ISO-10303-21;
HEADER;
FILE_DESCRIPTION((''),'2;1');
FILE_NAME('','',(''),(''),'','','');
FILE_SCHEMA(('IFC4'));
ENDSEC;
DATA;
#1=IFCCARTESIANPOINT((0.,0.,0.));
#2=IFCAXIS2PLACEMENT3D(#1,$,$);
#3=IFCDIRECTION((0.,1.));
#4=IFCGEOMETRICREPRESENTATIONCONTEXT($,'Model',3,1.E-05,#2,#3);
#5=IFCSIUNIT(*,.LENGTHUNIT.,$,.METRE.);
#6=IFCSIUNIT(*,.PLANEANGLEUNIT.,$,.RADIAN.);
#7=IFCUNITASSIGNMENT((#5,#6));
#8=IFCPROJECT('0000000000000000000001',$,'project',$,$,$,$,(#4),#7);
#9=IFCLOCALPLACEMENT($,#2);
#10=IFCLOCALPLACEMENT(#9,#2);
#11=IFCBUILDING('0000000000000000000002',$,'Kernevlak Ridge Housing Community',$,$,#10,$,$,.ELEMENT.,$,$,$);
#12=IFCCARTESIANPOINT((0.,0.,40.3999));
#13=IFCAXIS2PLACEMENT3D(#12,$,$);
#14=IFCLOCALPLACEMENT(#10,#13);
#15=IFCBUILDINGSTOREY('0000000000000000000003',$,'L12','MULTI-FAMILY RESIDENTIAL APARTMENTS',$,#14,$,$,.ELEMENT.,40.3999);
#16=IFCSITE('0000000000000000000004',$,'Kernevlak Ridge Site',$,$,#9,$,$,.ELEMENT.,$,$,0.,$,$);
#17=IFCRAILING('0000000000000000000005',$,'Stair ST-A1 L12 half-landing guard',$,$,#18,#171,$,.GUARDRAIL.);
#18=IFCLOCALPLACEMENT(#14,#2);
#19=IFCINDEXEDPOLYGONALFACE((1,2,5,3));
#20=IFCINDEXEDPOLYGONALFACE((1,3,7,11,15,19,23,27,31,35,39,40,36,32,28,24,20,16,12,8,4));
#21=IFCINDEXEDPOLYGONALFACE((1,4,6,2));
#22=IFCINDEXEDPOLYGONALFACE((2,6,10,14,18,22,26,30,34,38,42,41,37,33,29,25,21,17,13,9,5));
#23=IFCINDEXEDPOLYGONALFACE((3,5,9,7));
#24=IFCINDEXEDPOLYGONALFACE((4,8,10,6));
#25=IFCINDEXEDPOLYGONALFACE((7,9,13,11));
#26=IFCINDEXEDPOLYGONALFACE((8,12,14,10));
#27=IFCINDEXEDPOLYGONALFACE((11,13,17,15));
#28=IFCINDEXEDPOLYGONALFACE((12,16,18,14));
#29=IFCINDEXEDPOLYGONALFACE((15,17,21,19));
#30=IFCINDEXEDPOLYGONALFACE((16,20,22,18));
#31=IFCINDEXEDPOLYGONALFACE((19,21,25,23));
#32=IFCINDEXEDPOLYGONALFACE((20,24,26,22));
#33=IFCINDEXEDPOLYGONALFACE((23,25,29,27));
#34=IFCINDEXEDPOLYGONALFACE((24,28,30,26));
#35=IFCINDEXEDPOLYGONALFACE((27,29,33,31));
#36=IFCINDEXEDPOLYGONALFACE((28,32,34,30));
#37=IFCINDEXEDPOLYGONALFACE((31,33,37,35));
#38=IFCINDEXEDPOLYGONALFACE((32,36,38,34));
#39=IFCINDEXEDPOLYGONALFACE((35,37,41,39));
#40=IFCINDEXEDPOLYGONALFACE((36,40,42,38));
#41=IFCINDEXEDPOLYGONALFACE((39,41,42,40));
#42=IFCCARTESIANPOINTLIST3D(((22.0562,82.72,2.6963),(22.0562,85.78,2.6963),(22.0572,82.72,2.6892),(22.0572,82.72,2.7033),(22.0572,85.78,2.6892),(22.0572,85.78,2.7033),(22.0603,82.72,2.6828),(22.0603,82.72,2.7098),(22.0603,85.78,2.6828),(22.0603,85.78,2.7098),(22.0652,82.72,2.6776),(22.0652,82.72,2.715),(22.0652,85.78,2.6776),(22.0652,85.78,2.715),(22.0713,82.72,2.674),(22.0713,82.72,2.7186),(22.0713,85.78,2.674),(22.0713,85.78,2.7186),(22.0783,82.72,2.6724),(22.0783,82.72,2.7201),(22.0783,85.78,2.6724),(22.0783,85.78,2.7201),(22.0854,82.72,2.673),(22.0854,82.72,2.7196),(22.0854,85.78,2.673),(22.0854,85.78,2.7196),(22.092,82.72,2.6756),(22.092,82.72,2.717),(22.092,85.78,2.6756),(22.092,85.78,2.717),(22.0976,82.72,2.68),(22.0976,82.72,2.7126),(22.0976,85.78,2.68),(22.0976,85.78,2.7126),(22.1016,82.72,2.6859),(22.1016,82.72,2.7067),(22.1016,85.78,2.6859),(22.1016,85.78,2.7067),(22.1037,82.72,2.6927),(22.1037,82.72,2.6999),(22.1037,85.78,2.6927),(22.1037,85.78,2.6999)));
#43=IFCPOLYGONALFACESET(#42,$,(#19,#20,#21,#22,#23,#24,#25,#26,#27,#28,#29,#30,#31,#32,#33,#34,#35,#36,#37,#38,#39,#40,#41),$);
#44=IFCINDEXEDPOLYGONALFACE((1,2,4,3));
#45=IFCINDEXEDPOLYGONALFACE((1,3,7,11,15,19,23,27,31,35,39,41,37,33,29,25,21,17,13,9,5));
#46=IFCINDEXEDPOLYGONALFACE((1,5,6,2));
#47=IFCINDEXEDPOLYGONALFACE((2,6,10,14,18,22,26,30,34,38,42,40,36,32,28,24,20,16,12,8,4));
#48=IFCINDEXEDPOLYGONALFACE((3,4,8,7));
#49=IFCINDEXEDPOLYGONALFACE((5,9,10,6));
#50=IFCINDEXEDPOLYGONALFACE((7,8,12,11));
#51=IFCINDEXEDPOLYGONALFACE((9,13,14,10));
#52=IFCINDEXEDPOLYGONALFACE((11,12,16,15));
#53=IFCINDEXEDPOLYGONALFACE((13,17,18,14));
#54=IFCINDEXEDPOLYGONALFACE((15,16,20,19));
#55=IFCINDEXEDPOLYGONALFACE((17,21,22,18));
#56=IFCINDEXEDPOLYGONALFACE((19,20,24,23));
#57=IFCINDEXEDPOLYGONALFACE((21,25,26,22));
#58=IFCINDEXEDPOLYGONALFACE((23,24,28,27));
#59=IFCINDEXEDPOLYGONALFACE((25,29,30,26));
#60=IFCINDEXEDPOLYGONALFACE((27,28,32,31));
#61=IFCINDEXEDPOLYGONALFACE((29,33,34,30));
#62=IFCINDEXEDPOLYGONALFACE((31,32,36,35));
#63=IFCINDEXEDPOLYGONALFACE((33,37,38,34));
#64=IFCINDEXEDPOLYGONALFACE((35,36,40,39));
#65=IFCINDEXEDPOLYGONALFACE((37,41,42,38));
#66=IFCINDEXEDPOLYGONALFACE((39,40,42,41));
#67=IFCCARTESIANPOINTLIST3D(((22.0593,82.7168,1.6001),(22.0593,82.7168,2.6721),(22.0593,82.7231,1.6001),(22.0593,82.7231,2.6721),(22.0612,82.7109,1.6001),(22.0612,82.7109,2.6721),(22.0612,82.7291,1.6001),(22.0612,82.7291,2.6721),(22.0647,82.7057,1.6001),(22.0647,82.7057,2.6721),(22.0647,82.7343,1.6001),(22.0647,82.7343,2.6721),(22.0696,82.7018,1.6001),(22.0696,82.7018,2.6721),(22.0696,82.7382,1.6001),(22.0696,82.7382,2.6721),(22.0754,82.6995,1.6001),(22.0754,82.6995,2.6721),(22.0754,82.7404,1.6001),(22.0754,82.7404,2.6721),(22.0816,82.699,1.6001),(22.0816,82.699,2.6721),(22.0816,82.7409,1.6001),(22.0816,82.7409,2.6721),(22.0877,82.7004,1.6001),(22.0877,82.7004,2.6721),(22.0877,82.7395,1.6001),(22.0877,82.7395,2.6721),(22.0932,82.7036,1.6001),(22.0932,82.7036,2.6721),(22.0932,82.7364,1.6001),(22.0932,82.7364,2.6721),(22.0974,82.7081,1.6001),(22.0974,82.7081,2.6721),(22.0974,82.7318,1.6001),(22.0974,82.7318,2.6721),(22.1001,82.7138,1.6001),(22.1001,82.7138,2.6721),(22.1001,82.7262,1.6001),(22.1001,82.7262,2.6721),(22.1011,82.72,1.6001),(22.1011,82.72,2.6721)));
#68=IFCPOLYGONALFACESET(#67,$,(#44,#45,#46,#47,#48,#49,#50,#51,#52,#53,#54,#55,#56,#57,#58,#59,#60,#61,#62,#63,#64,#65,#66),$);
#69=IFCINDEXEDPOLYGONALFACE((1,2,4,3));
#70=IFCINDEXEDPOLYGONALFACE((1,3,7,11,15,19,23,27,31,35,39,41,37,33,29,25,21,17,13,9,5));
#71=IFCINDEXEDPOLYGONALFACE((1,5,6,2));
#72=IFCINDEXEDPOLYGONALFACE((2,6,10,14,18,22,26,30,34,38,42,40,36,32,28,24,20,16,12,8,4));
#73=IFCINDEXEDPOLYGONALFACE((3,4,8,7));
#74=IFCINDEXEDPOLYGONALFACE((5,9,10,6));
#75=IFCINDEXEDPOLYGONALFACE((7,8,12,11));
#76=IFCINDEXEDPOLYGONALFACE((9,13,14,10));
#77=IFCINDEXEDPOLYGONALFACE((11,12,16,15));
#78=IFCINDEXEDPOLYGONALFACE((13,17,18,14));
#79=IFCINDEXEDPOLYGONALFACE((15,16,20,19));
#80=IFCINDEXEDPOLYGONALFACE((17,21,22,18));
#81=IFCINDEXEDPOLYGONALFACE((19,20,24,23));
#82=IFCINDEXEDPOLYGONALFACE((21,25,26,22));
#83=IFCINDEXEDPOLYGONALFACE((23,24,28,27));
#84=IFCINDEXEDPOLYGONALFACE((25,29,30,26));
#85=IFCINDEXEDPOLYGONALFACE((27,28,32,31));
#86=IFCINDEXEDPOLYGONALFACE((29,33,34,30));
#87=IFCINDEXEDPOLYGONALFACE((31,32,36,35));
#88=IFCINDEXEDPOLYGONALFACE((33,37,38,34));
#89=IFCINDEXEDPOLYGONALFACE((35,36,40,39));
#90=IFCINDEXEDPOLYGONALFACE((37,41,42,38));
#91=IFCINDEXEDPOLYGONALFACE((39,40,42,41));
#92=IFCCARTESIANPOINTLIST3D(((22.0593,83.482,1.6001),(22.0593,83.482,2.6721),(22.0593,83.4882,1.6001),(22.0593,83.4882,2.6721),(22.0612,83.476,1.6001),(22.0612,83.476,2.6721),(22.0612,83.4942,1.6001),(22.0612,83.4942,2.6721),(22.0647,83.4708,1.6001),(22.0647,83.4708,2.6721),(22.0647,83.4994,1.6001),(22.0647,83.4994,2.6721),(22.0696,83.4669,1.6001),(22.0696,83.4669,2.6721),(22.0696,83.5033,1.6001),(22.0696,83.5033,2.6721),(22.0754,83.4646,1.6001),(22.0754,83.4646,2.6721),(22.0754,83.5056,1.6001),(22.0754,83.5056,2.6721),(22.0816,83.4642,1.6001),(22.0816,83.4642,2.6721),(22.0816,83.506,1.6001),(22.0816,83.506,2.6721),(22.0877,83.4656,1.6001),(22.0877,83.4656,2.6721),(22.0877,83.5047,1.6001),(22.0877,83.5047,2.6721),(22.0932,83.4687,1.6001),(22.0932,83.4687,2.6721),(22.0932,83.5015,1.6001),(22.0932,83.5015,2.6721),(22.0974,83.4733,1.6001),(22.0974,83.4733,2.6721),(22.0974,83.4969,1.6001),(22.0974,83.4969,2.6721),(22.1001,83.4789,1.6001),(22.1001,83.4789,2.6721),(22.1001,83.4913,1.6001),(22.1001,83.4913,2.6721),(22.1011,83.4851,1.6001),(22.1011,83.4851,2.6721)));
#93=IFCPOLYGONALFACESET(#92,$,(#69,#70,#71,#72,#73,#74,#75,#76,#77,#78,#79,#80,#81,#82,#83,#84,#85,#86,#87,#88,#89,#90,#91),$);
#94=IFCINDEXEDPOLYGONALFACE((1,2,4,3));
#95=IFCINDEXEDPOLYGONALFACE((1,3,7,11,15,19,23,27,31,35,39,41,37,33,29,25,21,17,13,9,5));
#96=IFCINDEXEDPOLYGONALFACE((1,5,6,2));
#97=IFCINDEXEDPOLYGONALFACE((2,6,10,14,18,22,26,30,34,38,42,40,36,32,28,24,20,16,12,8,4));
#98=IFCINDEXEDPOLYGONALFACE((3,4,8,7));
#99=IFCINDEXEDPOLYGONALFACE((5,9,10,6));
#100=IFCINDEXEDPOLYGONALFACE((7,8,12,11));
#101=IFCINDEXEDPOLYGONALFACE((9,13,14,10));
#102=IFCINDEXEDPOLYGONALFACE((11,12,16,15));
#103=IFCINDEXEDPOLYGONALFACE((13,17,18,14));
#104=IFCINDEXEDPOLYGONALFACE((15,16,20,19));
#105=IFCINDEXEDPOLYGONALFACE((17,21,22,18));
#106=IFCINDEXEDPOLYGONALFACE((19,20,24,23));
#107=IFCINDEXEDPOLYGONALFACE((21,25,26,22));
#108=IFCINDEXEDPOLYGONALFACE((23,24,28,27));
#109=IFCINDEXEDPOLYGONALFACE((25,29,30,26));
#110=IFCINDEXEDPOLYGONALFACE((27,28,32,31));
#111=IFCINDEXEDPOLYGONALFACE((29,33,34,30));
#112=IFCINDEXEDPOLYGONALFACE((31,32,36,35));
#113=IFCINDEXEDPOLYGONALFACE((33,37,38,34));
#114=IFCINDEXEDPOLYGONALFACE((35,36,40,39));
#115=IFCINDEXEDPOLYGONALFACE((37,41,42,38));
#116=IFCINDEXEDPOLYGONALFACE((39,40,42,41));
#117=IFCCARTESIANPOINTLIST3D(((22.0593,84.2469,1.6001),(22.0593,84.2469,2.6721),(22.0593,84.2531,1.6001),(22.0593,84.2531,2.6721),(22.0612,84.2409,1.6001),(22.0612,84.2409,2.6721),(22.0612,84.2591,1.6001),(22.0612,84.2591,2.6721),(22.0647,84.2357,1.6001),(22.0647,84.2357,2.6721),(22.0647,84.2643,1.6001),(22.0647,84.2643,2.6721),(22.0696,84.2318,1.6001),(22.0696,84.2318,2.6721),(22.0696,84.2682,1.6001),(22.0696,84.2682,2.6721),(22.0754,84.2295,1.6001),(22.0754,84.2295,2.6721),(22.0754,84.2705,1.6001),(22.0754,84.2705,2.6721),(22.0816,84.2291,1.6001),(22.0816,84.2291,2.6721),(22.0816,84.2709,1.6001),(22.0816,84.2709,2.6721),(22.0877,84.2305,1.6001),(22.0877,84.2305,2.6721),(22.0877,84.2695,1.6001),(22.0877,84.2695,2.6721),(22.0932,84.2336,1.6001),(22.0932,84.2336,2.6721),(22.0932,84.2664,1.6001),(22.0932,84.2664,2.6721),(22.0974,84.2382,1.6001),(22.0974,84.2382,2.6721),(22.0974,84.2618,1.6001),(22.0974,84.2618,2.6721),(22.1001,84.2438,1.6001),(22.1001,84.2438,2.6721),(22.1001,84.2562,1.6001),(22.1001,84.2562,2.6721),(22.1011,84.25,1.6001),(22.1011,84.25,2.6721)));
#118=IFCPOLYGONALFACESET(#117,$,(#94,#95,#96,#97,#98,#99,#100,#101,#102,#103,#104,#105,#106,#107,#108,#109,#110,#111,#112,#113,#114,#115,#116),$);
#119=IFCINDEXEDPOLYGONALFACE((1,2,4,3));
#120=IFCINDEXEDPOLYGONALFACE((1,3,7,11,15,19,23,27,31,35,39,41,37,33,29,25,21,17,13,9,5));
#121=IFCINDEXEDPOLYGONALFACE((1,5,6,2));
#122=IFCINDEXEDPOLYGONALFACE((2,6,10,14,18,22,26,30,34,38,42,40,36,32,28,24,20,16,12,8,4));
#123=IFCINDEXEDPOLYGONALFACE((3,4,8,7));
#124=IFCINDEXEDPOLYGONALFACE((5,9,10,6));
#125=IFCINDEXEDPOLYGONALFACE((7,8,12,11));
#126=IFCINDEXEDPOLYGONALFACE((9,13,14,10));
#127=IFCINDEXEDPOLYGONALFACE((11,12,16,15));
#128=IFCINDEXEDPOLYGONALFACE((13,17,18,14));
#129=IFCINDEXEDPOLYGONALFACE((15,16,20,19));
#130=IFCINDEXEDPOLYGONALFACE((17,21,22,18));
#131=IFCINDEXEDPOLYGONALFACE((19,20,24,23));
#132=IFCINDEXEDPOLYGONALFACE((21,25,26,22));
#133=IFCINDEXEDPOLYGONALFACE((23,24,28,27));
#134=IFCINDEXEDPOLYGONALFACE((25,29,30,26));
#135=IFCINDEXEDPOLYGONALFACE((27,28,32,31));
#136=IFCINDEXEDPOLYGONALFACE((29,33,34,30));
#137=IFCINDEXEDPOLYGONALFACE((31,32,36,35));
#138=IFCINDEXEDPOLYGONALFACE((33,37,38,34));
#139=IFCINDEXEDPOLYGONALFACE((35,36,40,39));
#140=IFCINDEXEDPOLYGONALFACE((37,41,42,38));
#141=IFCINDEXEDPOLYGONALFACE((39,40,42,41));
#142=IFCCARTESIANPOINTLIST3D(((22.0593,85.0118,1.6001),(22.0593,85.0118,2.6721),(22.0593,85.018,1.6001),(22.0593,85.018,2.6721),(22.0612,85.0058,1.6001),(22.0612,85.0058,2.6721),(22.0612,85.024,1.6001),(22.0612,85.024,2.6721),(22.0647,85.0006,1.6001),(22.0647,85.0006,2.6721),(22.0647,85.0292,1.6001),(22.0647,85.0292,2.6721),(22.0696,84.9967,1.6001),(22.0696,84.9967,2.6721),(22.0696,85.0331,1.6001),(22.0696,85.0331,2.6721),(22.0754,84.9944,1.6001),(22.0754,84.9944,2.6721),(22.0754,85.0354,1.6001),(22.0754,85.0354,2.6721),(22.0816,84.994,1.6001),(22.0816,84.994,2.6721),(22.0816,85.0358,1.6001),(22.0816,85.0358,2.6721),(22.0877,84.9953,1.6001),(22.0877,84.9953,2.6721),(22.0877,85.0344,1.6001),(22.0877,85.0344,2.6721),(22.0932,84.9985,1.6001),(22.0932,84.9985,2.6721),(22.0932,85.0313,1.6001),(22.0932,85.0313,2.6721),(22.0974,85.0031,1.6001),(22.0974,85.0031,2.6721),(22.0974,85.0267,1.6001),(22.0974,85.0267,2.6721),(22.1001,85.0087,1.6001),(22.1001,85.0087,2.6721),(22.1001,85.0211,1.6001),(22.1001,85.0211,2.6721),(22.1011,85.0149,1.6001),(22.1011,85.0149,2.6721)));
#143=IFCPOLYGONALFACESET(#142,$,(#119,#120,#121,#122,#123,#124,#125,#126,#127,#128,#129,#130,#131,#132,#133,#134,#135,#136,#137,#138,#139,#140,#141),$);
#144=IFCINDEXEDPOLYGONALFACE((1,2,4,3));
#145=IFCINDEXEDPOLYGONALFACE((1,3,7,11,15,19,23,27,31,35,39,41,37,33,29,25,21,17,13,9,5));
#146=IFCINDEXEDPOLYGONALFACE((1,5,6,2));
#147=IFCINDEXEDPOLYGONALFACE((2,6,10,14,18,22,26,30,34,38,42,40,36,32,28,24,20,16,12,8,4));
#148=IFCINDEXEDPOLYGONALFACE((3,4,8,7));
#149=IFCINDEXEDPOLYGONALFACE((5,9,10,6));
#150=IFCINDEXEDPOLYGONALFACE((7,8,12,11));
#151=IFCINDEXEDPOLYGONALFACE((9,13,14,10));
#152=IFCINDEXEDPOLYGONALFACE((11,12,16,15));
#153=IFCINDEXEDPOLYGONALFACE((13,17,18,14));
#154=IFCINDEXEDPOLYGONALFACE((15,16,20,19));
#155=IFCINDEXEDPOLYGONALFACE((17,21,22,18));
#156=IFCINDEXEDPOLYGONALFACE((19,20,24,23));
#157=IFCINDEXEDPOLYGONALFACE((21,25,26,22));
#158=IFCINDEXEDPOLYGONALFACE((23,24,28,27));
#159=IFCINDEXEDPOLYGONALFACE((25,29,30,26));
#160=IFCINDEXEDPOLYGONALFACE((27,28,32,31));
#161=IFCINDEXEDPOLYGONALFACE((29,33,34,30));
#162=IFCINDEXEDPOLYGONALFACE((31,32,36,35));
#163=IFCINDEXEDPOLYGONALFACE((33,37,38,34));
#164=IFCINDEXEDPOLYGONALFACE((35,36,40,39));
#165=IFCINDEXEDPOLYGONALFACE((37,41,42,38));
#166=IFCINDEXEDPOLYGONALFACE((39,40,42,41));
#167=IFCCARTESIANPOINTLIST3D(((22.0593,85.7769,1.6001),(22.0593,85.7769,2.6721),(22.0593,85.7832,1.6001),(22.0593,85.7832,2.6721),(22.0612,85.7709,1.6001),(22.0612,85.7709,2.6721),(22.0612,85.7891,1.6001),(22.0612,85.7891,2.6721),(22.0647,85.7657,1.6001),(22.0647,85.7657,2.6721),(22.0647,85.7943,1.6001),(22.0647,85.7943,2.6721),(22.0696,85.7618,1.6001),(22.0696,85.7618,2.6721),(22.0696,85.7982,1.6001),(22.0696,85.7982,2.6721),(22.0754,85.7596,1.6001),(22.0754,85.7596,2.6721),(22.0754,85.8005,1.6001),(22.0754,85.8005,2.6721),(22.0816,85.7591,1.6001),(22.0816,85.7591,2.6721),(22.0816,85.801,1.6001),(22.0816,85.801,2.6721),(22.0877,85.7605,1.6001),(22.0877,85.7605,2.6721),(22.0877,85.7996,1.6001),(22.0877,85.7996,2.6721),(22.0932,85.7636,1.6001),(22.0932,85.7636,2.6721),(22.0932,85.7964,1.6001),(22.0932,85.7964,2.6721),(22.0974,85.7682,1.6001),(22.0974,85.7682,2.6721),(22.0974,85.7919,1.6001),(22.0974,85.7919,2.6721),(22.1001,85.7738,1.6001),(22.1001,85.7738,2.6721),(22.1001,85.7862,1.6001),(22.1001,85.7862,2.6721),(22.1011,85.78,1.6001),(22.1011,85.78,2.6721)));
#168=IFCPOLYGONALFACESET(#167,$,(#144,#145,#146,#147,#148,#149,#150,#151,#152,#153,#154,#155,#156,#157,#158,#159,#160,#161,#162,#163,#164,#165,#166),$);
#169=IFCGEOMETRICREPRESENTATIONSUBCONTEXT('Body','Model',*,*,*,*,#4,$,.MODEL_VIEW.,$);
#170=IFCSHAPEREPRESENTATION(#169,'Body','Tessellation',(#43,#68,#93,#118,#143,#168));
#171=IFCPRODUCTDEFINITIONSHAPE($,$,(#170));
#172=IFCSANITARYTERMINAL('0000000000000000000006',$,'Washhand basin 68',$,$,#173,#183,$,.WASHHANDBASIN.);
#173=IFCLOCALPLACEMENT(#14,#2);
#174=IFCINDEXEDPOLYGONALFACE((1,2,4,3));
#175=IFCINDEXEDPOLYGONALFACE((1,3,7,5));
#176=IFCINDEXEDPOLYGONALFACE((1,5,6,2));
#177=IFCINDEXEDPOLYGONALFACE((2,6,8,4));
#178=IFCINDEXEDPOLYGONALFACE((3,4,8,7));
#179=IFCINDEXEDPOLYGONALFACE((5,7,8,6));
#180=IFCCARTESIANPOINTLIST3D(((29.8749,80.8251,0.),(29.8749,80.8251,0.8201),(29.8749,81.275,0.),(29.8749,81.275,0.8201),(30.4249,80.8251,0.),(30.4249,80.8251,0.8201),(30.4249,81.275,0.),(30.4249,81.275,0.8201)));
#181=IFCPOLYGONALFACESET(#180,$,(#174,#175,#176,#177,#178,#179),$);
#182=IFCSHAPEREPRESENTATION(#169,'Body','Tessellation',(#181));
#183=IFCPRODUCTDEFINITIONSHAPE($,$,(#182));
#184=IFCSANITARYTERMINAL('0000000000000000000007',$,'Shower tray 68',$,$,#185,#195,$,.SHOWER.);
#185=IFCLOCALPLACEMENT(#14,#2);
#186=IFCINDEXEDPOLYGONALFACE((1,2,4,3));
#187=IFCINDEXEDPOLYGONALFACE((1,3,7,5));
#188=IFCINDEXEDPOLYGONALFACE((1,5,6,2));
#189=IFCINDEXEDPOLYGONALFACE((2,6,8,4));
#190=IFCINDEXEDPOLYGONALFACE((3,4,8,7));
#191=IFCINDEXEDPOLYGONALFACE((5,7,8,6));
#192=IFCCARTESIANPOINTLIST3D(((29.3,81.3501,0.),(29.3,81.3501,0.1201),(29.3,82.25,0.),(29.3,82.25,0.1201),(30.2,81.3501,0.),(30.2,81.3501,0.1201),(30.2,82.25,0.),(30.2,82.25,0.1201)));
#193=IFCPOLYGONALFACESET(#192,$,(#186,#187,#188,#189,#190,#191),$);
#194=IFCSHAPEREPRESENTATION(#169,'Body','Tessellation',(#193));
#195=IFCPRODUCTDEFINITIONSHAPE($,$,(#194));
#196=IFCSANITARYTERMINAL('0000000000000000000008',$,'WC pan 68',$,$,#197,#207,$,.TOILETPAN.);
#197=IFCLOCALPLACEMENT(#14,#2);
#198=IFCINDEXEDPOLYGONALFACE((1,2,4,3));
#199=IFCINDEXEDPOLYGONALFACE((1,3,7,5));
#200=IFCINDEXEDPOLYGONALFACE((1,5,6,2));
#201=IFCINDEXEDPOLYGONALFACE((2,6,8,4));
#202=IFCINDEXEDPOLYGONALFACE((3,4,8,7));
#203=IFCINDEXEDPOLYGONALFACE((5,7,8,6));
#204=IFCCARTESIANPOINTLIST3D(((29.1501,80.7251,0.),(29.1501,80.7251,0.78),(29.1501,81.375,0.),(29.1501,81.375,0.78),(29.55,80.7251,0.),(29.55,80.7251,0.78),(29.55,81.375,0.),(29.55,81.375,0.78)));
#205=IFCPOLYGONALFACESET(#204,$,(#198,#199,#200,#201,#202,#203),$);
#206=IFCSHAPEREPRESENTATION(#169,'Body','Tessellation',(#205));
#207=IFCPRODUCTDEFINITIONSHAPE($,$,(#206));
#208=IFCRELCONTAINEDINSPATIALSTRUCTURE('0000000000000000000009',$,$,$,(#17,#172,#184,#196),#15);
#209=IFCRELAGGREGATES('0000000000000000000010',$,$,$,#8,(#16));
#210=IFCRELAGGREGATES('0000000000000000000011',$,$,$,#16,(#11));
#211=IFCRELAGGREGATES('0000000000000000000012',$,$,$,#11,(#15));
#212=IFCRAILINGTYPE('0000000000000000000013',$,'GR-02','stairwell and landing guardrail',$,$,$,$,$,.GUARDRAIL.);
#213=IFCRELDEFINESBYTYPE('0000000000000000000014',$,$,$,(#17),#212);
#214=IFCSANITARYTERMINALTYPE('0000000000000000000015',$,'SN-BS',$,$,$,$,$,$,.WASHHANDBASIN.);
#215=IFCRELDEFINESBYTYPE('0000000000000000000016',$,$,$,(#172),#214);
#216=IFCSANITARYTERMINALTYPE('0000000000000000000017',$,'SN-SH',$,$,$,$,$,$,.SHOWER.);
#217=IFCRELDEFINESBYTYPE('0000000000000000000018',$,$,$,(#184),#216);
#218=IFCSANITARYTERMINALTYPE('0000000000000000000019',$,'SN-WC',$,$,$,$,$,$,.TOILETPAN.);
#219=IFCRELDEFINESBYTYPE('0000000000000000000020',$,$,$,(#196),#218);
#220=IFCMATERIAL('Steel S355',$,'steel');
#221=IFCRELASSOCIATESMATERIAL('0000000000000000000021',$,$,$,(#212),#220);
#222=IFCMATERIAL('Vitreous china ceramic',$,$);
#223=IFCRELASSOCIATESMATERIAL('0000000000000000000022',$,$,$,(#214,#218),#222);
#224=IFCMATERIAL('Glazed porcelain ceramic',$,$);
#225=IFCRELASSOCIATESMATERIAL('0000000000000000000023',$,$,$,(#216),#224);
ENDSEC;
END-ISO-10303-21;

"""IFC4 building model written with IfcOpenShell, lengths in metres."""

from ifc_helpers import new_model, si_unit, direction, frame, origin, origin_2d, place, context, subcontext, project, spatial, rectangle, circle, extrude, material, type_object, element, save


model = new_model("IFC4")

# Units and contexts
model_context = context("Model", 3, precision=1e-05, world=origin(), true_north=direction((0.0, 1.0)))
body_context = subcontext(model_context, "Body", "Model", "MODEL_VIEW")
ifc_project = project(units=[si_unit("LENGTHUNIT", "METRE"), si_unit("PLANEANGLEUNIT", "RADIAN")], contexts=[model_context])

# Site, building, storey
site_placement = place(None, origin())
site = spatial("IfcSite", under=ifc_project, at=site_placement, Name="Kernevlak Ridge Site", CompositionType="ELEMENT", RefElevation=0.0)
building_placement = place(site_placement, origin())
building = spatial("IfcBuilding", under=site, at=building_placement, Name="Kernevlak Ridge Housing Community", CompositionType="ELEMENT")
storey_placement = place(building_placement, frame((0.0, 0.0, 40.3999)))
storey = spatial("IfcBuildingStorey", under=building, at=storey_placement, Name="L12", Description="MULTI-FAMILY RESIDENTIAL APARTMENTS", CompositionType="ELEMENT", Elevation=40.3999)

# Railing
ifc_material_1 = material(Name="Steel S355", Category="steel")
railing_type = type_object("IfcRailingType", Name="GR-02", Description="stairwell and landing guardrail", PredefinedType="GUARDRAIL", material=ifc_material_1)
railing_placement = place(storey_placement, frame((22.0801, 82.72, 1.6001)))
element("IfcRailing", 1, at=railing_placement, inside=storey, type_object=railing_type, Name="Stair ST-A1 L12 half-landing guard", PredefinedType="GUARDRAIL", context=body_context, shape_type="SweptSolid", body=[
    extrude(circle(Radius=0.0239, at=origin_2d()), frame((0.0, 0.0, 1.0962), z_axis=(0.0, 1.0, 0.0), x_axis=(-1.0, 0.0, 0.0)), (0.0, 0.0, 1.0), 3.0601),
    extrude(circle(Radius=0.021, at=origin_2d()), origin(), (0.0, 0.0, 1.0), 1.072),
    extrude(circle(Radius=0.021, at=origin_2d()), frame((0.0, 0.7651, 0.0)), (0.0, 0.0, 1.0), 1.072),
    extrude(circle(Radius=0.021, at=origin_2d()), frame((0.0, 1.53, 0.0)), (0.0, 0.0, 1.0), 1.072),
    extrude(circle(Radius=0.021, at=origin_2d()), frame((0.0, 2.2949, 0.0)), (0.0, 0.0, 1.0), 1.072),
    extrude(circle(Radius=0.021, at=origin_2d()), frame((0.0, 3.0601, 0.0)), (0.0, 0.0, 1.0), 1.072),
])

# Sanitary terminals
ifc_material_2 = material(Name="Vitreous china ceramic")
sanitary_terminal_type_1 = type_object("IfcSanitaryTerminalType", Name="SN-BS", PredefinedType="WASHHANDBASIN", material=ifc_material_2)
sanitary_terminal_1_placement = place(storey_placement, frame((30.1499, 81.05, 0.0), z_axis=(0.0, 0.0, 1.0), x_axis=(1.0, 0.0, 0.0)))
element("IfcSanitaryTerminal", 2, at=sanitary_terminal_1_placement, inside=storey, type_object=sanitary_terminal_type_1, Name="Washhand basin 68", PredefinedType="WASHHANDBASIN", context=body_context, shape_type="SweptSolid", body=[
    extrude(rectangle(XDim=0.55, YDim=0.45, at=origin_2d()), origin(), (0.0, 0.0, 1.0), 0.8201),
])
ifc_material_3 = material(Name="Glazed porcelain ceramic")
sanitary_terminal_type_2 = type_object("IfcSanitaryTerminalType", Name="SN-SH", PredefinedType="SHOWER", material=ifc_material_3)
sanitary_terminal_2_placement = place(storey_placement, frame((29.75, 81.8, 0.0), z_axis=(0.0, 0.0, 1.0), x_axis=(1.0, 0.0, 0.0)))
element("IfcSanitaryTerminal", 3, at=sanitary_terminal_2_placement, inside=storey, type_object=sanitary_terminal_type_2, Name="Shower tray 68", PredefinedType="SHOWER", context=body_context, shape_type="SweptSolid", body=[
    extrude(rectangle(XDim=0.8999, YDim=0.8999, at=origin_2d()), origin(), (0.0, 0.0, 1.0), 0.1201),
])
sanitary_terminal_type_3 = type_object("IfcSanitaryTerminalType", Name="SN-WC", PredefinedType="TOILETPAN", material=ifc_material_2)
sanitary_terminal_3_placement = place(storey_placement, frame((29.3501, 81.05, 0.0), z_axis=(0.0, 0.0, 1.0), x_axis=(1.0, 0.0, 0.0)))
element("IfcSanitaryTerminal", 4, at=sanitary_terminal_3_placement, inside=storey, type_object=sanitary_terminal_type_3, Name="WC pan 68", PredefinedType="TOILETPAN", context=body_context, shape_type="SweptSolid", body=[
    extrude(rectangle(XDim=0.3999, YDim=0.6499, at=origin_2d()), origin(), (0.0, 0.0, 1.0), 0.78),
])

save(model, "model.ifc")
